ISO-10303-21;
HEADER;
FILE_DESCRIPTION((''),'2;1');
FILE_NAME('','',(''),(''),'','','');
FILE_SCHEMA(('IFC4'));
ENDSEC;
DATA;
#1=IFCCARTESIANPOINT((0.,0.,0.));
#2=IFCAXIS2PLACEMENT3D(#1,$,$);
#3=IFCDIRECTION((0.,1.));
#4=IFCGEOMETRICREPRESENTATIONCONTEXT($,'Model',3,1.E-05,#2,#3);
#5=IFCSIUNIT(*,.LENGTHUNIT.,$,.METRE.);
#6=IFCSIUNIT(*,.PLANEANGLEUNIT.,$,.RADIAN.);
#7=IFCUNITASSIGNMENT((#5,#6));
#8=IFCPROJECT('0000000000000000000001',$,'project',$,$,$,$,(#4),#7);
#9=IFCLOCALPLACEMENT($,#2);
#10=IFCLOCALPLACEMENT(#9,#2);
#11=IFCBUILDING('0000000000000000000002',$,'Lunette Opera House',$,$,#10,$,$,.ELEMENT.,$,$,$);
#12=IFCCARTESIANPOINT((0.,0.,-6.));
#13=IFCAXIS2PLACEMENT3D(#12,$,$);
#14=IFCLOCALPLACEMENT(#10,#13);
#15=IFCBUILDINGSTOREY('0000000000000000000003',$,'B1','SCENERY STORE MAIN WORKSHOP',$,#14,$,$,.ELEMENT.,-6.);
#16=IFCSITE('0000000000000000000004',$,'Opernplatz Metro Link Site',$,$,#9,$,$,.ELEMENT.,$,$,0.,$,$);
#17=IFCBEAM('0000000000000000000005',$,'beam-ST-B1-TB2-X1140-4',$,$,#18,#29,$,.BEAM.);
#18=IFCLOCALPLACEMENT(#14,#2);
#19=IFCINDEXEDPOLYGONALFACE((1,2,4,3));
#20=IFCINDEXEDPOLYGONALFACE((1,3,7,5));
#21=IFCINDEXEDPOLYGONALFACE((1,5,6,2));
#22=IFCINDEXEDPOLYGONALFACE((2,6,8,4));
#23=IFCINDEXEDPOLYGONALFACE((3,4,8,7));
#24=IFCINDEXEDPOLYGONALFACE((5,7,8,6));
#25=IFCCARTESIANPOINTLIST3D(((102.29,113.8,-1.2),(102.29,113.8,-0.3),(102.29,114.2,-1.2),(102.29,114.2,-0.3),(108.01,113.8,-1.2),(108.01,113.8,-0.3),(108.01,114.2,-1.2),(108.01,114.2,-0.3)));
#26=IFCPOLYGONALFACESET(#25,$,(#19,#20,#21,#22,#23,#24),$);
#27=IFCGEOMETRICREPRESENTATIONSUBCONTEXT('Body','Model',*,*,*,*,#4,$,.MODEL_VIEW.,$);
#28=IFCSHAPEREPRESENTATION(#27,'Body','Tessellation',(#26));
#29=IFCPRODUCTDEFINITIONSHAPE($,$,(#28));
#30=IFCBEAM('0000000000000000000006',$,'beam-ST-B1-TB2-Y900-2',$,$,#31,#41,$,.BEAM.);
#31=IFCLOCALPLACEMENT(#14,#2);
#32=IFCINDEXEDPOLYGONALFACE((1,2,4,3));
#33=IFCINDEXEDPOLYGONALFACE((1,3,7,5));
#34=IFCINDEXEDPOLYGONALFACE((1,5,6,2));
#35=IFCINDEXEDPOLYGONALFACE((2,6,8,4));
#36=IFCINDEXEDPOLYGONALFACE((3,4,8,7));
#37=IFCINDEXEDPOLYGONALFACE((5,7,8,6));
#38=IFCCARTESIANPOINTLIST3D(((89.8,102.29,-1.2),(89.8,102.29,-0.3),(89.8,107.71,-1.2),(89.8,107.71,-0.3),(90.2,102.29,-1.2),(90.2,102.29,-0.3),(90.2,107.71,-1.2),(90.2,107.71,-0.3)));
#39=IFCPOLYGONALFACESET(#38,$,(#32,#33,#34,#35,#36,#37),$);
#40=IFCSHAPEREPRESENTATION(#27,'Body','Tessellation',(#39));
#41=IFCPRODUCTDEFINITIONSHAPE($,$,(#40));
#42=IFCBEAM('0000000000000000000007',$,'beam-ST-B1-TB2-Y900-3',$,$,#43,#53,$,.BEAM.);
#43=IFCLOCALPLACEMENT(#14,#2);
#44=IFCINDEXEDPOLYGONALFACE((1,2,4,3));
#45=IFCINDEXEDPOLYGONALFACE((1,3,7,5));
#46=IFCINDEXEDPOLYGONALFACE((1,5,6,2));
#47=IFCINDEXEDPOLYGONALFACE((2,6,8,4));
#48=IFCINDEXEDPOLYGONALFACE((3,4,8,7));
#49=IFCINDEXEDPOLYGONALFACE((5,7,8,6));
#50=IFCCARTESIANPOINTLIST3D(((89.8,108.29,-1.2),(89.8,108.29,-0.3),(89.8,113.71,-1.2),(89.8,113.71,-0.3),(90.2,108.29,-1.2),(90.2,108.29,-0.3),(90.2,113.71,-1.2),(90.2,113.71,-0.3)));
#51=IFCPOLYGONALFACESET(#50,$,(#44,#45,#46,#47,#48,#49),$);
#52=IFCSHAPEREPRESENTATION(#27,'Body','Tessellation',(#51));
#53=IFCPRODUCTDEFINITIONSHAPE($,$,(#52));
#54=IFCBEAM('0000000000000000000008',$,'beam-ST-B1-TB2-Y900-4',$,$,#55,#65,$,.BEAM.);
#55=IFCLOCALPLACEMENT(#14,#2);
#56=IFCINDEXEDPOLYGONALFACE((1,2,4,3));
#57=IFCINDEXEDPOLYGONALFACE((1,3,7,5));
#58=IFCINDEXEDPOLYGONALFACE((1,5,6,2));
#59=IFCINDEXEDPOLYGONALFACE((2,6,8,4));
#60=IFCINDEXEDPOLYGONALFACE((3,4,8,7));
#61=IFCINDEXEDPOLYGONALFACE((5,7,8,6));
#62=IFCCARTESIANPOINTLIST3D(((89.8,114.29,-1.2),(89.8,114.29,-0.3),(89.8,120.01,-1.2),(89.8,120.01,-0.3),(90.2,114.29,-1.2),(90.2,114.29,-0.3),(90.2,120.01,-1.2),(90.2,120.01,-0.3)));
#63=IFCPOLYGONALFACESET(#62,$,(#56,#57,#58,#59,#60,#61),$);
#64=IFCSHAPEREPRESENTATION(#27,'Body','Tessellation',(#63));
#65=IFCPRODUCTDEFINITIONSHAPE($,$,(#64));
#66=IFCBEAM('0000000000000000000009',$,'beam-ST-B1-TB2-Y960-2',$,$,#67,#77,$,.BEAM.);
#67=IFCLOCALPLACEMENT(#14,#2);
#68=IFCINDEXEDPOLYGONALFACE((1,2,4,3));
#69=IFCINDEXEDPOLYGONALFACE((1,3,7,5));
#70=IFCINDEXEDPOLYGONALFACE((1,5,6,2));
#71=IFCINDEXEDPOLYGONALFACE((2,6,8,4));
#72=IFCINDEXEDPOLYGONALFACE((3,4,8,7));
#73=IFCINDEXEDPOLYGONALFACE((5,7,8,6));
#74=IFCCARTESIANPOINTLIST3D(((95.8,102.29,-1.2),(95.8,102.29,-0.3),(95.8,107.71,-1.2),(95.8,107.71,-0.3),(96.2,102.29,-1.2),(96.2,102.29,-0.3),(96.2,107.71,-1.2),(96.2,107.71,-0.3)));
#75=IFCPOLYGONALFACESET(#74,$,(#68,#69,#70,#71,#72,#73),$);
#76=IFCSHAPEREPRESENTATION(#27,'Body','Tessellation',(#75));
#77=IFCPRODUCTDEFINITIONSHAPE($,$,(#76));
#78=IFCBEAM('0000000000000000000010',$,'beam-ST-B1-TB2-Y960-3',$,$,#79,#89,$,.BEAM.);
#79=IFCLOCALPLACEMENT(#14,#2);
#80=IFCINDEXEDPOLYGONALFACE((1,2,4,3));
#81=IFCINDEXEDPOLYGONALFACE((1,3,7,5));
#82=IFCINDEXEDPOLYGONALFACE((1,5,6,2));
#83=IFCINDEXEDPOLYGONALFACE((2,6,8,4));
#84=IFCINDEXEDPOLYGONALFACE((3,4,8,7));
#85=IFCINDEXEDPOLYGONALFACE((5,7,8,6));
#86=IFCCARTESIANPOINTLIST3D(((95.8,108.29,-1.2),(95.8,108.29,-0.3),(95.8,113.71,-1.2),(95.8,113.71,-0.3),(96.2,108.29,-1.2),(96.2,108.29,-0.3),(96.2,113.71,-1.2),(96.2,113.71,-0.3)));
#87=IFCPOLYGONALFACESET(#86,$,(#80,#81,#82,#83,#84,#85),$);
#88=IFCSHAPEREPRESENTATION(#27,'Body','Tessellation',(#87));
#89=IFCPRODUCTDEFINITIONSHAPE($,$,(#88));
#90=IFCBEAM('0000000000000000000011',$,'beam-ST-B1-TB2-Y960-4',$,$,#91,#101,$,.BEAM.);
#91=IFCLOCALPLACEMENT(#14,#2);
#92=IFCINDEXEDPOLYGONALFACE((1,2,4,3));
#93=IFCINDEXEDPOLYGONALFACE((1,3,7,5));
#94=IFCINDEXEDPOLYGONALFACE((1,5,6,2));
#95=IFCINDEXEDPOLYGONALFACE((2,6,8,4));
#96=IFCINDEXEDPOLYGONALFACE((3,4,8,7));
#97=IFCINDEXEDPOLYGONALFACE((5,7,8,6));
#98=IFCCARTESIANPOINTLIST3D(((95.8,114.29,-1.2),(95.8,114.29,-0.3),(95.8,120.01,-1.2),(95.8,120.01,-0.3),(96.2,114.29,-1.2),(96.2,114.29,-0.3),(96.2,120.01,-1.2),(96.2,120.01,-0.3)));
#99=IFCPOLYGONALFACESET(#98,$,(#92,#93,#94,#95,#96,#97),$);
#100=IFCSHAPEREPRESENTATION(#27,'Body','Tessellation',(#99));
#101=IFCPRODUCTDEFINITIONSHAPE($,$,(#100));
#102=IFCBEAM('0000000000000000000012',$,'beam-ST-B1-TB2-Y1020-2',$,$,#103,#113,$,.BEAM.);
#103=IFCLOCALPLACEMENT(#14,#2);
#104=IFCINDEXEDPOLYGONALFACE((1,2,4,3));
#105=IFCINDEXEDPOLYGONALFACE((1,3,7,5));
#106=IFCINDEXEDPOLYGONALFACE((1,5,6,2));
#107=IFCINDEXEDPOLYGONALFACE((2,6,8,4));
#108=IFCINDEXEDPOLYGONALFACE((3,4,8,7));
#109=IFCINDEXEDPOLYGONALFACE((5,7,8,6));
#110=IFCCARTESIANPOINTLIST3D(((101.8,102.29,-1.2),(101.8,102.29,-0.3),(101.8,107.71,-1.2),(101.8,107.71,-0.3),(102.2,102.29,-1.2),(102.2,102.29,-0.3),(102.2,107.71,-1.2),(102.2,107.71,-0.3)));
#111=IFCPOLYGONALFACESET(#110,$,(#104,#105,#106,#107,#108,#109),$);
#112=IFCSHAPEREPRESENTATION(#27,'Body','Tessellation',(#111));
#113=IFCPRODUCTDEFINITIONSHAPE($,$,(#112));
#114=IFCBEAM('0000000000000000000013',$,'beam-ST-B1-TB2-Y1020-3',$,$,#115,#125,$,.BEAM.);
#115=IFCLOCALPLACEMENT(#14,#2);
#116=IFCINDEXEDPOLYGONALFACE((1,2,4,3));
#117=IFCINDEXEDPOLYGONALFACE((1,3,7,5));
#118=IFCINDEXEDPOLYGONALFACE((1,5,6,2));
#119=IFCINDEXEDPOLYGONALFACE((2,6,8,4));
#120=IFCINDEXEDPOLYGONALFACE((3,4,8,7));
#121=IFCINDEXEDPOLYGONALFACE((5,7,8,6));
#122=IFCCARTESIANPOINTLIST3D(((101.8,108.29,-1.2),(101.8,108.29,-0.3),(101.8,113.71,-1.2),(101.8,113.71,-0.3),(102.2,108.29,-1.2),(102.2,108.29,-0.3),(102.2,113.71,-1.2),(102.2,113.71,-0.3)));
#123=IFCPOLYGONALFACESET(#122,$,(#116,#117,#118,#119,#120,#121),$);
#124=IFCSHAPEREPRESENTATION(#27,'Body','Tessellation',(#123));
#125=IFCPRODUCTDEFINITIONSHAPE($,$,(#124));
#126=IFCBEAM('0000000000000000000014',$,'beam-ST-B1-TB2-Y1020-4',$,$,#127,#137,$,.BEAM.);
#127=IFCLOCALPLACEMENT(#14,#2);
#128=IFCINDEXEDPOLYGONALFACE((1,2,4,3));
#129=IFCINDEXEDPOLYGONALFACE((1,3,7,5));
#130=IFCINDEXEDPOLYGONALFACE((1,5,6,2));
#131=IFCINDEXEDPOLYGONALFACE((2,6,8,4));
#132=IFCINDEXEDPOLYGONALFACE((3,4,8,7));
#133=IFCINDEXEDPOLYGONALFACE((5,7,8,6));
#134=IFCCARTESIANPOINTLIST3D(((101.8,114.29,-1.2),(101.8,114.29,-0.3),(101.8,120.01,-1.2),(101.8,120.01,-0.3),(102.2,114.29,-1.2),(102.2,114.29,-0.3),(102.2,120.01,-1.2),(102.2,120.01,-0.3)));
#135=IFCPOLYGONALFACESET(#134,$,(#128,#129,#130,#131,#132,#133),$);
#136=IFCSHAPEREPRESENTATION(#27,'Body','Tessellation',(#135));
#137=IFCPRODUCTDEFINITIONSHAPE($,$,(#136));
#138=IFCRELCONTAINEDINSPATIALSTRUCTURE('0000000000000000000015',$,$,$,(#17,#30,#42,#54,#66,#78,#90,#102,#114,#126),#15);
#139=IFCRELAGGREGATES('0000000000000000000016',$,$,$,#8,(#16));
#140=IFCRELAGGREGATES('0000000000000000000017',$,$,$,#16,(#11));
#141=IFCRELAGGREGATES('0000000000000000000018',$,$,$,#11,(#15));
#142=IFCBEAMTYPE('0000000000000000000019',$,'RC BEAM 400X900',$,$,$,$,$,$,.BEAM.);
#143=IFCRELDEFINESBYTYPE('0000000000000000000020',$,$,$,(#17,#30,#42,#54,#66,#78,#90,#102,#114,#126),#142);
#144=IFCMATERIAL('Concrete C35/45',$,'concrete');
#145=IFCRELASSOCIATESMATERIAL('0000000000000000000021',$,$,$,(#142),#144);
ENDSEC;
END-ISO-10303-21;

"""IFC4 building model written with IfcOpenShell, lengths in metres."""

from ifc_helpers import new_model, si_unit, direction, frame, origin, origin_2d, place, context, subcontext, project, spatial, rectangle, extrude, material, material_profile, profile_set, type_object, element, save


model = new_model("IFC4")

# Units and contexts
model_context = context("Model", 3, precision=1e-05, world=origin(), true_north=direction((0.0, 1.0)))
body_context = subcontext(model_context, "Body", "Model", "MODEL_VIEW")
ifc_project = project(units=[si_unit("LENGTHUNIT", "METRE"), si_unit("PLANEANGLEUNIT", "RADIAN")], contexts=[model_context])

# Site, building, storey
site_placement = place(None, origin())
site = spatial("IfcSite", under=ifc_project, at=site_placement, Name="Opernplatz Metro Link Site", CompositionType="ELEMENT", RefElevation=0.0)
building_placement = place(site_placement, origin())
building = spatial("IfcBuilding", under=site, at=building_placement, Name="Lunette Opera House", CompositionType="ELEMENT")
storey_placement = place(building_placement, frame((0.0, 0.0, -6.0)))
storey = spatial("IfcBuildingStorey", under=building, at=storey_placement, Name="B1", Description="SCENERY STORE MAIN WORKSHOP", CompositionType="ELEMENT", Elevation=-6.0)

# Beams
ifc_material_1 = material(Name="Concrete C35/45", Category="concrete")
ifc_material_profile_1 = material_profile(ifc_material_1, rectangle(XDim=0.3999, YDim=0.8999, at=origin_2d()), Name="RC BEAM 400X900")
ifc_profile_set_1 = profile_set([ifc_material_profile_1], Name="Concrete C35/45")
beam_type = type_object("IfcBeamType", Name="RC BEAM 400X900", PredefinedType="BEAM", material=ifc_profile_set_1)
beam_1_placement = place(storey_placement, frame((102.29, 114.0, -0.75), z_axis=(1.0, 0.0, 0.0), x_axis=(0.0, 1.0, 0.0)))
element("IfcBeam", 1, at=beam_1_placement, inside=storey, type_object=beam_type, Name="beam-ST-B1-TB2-X1140-4", PredefinedType="BEAM", context=body_context, shape_type="SweptSolid", body=[
    extrude(rectangle(XDim=0.3999, YDim=0.8999, at=origin_2d()), origin(), (0.0, 0.0, 1.0), 5.72),
])
for number, where, z_axis, x_axis, name in (
    (2, (90.0, 102.29, -0.75), (0.0, 1.0, 0.0), (-1.0, 0.0, 0.0), "beam-ST-B1-TB2-Y900-2"),
    (3, (90.0, 108.29, -0.75), (0.0, 1.0, 0.0), (-1.0, 0.0, 0.0), "beam-ST-B1-TB2-Y900-3"),
):
    element("IfcBeam", number, at=place(storey_placement, frame(where, z_axis=z_axis, x_axis=x_axis)), inside=storey, type_object=beam_type, Name=name, PredefinedType="BEAM", context=body_context, shape_type="SweptSolid", body=[
        extrude(rectangle(XDim=0.3999, YDim=0.8999, at=origin_2d()), origin(), (0.0, 0.0, 1.0), 5.4199),
    ])
beam_2_placement = place(storey_placement, frame((90.0, 114.29, -0.75), z_axis=(0.0, 1.0, 0.0), x_axis=(-1.0, 0.0, 0.0)))
element("IfcBeam", 4, at=beam_2_placement, inside=storey, type_object=beam_type, Name="beam-ST-B1-TB2-Y900-4", PredefinedType="BEAM", context=body_context, shape_type="SweptSolid", body=[
    extrude(rectangle(XDim=0.3999, YDim=0.8999, at=origin_2d()), origin(), (0.0, 0.0, 1.0), 5.72),
])
for number, where, z_axis, x_axis, name in (
    (5, (96.0, 102.29, -0.75), (0.0, 1.0, 0.0), (-1.0, 0.0, 0.0), "beam-ST-B1-TB2-Y960-2"),
    (6, (96.0, 108.29, -0.75), (0.0, 1.0, 0.0), (-1.0, 0.0, 0.0), "beam-ST-B1-TB2-Y960-3"),
):
    element("IfcBeam", number, at=place(storey_placement, frame(where, z_axis=z_axis, x_axis=x_axis)), inside=storey, type_object=beam_type, Name=name, PredefinedType="BEAM", context=body_context, shape_type="SweptSolid", body=[
        extrude(rectangle(XDim=0.3999, YDim=0.8999, at=origin_2d()), origin(), (0.0, 0.0, 1.0), 5.4199),
    ])
beam_3_placement = place(storey_placement, frame((96.0, 114.29, -0.75), z_axis=(0.0, 1.0, 0.0), x_axis=(-1.0, 0.0, 0.0)))
element("IfcBeam", 7, at=beam_3_placement, inside=storey, type_object=beam_type, Name="beam-ST-B1-TB2-Y960-4", PredefinedType="BEAM", context=body_context, shape_type="SweptSolid", body=[
    extrude(rectangle(XDim=0.3999, YDim=0.8999, at=origin_2d()), origin(), (0.0, 0.0, 1.0), 5.72),
])
for number, where, z_axis, x_axis, name in (
    (8, (102.0, 102.29, -0.75), (0.0, 1.0, 0.0), (-1.0, 0.0, 0.0), "beam-ST-B1-TB2-Y1020-2"),
    (9, (102.0, 108.29, -0.75), (0.0, 1.0, 0.0), (-1.0, 0.0, 0.0), "beam-ST-B1-TB2-Y1020-3"),
):
    element("IfcBeam", number, at=place(storey_placement, frame(where, z_axis=z_axis, x_axis=x_axis)), inside=storey, type_object=beam_type, Name=name, PredefinedType="BEAM", context=body_context, shape_type="SweptSolid", body=[
        extrude(rectangle(XDim=0.3999, YDim=0.8999, at=origin_2d()), origin(), (0.0, 0.0, 1.0), 5.4199),
    ])
beam_4_placement = place(storey_placement, frame((102.0, 114.29, -0.75), z_axis=(0.0, 1.0, 0.0), x_axis=(-1.0, 0.0, 0.0)))
element("IfcBeam", 10, at=beam_4_placement, inside=storey, type_object=beam_type, Name="beam-ST-B1-TB2-Y1020-4", PredefinedType="BEAM", context=body_context, shape_type="SweptSolid", body=[
    extrude(rectangle(XDim=0.3999, YDim=0.8999, at=origin_2d()), origin(), (0.0, 0.0, 1.0), 5.72),
])

save(model, "model.ifc")
